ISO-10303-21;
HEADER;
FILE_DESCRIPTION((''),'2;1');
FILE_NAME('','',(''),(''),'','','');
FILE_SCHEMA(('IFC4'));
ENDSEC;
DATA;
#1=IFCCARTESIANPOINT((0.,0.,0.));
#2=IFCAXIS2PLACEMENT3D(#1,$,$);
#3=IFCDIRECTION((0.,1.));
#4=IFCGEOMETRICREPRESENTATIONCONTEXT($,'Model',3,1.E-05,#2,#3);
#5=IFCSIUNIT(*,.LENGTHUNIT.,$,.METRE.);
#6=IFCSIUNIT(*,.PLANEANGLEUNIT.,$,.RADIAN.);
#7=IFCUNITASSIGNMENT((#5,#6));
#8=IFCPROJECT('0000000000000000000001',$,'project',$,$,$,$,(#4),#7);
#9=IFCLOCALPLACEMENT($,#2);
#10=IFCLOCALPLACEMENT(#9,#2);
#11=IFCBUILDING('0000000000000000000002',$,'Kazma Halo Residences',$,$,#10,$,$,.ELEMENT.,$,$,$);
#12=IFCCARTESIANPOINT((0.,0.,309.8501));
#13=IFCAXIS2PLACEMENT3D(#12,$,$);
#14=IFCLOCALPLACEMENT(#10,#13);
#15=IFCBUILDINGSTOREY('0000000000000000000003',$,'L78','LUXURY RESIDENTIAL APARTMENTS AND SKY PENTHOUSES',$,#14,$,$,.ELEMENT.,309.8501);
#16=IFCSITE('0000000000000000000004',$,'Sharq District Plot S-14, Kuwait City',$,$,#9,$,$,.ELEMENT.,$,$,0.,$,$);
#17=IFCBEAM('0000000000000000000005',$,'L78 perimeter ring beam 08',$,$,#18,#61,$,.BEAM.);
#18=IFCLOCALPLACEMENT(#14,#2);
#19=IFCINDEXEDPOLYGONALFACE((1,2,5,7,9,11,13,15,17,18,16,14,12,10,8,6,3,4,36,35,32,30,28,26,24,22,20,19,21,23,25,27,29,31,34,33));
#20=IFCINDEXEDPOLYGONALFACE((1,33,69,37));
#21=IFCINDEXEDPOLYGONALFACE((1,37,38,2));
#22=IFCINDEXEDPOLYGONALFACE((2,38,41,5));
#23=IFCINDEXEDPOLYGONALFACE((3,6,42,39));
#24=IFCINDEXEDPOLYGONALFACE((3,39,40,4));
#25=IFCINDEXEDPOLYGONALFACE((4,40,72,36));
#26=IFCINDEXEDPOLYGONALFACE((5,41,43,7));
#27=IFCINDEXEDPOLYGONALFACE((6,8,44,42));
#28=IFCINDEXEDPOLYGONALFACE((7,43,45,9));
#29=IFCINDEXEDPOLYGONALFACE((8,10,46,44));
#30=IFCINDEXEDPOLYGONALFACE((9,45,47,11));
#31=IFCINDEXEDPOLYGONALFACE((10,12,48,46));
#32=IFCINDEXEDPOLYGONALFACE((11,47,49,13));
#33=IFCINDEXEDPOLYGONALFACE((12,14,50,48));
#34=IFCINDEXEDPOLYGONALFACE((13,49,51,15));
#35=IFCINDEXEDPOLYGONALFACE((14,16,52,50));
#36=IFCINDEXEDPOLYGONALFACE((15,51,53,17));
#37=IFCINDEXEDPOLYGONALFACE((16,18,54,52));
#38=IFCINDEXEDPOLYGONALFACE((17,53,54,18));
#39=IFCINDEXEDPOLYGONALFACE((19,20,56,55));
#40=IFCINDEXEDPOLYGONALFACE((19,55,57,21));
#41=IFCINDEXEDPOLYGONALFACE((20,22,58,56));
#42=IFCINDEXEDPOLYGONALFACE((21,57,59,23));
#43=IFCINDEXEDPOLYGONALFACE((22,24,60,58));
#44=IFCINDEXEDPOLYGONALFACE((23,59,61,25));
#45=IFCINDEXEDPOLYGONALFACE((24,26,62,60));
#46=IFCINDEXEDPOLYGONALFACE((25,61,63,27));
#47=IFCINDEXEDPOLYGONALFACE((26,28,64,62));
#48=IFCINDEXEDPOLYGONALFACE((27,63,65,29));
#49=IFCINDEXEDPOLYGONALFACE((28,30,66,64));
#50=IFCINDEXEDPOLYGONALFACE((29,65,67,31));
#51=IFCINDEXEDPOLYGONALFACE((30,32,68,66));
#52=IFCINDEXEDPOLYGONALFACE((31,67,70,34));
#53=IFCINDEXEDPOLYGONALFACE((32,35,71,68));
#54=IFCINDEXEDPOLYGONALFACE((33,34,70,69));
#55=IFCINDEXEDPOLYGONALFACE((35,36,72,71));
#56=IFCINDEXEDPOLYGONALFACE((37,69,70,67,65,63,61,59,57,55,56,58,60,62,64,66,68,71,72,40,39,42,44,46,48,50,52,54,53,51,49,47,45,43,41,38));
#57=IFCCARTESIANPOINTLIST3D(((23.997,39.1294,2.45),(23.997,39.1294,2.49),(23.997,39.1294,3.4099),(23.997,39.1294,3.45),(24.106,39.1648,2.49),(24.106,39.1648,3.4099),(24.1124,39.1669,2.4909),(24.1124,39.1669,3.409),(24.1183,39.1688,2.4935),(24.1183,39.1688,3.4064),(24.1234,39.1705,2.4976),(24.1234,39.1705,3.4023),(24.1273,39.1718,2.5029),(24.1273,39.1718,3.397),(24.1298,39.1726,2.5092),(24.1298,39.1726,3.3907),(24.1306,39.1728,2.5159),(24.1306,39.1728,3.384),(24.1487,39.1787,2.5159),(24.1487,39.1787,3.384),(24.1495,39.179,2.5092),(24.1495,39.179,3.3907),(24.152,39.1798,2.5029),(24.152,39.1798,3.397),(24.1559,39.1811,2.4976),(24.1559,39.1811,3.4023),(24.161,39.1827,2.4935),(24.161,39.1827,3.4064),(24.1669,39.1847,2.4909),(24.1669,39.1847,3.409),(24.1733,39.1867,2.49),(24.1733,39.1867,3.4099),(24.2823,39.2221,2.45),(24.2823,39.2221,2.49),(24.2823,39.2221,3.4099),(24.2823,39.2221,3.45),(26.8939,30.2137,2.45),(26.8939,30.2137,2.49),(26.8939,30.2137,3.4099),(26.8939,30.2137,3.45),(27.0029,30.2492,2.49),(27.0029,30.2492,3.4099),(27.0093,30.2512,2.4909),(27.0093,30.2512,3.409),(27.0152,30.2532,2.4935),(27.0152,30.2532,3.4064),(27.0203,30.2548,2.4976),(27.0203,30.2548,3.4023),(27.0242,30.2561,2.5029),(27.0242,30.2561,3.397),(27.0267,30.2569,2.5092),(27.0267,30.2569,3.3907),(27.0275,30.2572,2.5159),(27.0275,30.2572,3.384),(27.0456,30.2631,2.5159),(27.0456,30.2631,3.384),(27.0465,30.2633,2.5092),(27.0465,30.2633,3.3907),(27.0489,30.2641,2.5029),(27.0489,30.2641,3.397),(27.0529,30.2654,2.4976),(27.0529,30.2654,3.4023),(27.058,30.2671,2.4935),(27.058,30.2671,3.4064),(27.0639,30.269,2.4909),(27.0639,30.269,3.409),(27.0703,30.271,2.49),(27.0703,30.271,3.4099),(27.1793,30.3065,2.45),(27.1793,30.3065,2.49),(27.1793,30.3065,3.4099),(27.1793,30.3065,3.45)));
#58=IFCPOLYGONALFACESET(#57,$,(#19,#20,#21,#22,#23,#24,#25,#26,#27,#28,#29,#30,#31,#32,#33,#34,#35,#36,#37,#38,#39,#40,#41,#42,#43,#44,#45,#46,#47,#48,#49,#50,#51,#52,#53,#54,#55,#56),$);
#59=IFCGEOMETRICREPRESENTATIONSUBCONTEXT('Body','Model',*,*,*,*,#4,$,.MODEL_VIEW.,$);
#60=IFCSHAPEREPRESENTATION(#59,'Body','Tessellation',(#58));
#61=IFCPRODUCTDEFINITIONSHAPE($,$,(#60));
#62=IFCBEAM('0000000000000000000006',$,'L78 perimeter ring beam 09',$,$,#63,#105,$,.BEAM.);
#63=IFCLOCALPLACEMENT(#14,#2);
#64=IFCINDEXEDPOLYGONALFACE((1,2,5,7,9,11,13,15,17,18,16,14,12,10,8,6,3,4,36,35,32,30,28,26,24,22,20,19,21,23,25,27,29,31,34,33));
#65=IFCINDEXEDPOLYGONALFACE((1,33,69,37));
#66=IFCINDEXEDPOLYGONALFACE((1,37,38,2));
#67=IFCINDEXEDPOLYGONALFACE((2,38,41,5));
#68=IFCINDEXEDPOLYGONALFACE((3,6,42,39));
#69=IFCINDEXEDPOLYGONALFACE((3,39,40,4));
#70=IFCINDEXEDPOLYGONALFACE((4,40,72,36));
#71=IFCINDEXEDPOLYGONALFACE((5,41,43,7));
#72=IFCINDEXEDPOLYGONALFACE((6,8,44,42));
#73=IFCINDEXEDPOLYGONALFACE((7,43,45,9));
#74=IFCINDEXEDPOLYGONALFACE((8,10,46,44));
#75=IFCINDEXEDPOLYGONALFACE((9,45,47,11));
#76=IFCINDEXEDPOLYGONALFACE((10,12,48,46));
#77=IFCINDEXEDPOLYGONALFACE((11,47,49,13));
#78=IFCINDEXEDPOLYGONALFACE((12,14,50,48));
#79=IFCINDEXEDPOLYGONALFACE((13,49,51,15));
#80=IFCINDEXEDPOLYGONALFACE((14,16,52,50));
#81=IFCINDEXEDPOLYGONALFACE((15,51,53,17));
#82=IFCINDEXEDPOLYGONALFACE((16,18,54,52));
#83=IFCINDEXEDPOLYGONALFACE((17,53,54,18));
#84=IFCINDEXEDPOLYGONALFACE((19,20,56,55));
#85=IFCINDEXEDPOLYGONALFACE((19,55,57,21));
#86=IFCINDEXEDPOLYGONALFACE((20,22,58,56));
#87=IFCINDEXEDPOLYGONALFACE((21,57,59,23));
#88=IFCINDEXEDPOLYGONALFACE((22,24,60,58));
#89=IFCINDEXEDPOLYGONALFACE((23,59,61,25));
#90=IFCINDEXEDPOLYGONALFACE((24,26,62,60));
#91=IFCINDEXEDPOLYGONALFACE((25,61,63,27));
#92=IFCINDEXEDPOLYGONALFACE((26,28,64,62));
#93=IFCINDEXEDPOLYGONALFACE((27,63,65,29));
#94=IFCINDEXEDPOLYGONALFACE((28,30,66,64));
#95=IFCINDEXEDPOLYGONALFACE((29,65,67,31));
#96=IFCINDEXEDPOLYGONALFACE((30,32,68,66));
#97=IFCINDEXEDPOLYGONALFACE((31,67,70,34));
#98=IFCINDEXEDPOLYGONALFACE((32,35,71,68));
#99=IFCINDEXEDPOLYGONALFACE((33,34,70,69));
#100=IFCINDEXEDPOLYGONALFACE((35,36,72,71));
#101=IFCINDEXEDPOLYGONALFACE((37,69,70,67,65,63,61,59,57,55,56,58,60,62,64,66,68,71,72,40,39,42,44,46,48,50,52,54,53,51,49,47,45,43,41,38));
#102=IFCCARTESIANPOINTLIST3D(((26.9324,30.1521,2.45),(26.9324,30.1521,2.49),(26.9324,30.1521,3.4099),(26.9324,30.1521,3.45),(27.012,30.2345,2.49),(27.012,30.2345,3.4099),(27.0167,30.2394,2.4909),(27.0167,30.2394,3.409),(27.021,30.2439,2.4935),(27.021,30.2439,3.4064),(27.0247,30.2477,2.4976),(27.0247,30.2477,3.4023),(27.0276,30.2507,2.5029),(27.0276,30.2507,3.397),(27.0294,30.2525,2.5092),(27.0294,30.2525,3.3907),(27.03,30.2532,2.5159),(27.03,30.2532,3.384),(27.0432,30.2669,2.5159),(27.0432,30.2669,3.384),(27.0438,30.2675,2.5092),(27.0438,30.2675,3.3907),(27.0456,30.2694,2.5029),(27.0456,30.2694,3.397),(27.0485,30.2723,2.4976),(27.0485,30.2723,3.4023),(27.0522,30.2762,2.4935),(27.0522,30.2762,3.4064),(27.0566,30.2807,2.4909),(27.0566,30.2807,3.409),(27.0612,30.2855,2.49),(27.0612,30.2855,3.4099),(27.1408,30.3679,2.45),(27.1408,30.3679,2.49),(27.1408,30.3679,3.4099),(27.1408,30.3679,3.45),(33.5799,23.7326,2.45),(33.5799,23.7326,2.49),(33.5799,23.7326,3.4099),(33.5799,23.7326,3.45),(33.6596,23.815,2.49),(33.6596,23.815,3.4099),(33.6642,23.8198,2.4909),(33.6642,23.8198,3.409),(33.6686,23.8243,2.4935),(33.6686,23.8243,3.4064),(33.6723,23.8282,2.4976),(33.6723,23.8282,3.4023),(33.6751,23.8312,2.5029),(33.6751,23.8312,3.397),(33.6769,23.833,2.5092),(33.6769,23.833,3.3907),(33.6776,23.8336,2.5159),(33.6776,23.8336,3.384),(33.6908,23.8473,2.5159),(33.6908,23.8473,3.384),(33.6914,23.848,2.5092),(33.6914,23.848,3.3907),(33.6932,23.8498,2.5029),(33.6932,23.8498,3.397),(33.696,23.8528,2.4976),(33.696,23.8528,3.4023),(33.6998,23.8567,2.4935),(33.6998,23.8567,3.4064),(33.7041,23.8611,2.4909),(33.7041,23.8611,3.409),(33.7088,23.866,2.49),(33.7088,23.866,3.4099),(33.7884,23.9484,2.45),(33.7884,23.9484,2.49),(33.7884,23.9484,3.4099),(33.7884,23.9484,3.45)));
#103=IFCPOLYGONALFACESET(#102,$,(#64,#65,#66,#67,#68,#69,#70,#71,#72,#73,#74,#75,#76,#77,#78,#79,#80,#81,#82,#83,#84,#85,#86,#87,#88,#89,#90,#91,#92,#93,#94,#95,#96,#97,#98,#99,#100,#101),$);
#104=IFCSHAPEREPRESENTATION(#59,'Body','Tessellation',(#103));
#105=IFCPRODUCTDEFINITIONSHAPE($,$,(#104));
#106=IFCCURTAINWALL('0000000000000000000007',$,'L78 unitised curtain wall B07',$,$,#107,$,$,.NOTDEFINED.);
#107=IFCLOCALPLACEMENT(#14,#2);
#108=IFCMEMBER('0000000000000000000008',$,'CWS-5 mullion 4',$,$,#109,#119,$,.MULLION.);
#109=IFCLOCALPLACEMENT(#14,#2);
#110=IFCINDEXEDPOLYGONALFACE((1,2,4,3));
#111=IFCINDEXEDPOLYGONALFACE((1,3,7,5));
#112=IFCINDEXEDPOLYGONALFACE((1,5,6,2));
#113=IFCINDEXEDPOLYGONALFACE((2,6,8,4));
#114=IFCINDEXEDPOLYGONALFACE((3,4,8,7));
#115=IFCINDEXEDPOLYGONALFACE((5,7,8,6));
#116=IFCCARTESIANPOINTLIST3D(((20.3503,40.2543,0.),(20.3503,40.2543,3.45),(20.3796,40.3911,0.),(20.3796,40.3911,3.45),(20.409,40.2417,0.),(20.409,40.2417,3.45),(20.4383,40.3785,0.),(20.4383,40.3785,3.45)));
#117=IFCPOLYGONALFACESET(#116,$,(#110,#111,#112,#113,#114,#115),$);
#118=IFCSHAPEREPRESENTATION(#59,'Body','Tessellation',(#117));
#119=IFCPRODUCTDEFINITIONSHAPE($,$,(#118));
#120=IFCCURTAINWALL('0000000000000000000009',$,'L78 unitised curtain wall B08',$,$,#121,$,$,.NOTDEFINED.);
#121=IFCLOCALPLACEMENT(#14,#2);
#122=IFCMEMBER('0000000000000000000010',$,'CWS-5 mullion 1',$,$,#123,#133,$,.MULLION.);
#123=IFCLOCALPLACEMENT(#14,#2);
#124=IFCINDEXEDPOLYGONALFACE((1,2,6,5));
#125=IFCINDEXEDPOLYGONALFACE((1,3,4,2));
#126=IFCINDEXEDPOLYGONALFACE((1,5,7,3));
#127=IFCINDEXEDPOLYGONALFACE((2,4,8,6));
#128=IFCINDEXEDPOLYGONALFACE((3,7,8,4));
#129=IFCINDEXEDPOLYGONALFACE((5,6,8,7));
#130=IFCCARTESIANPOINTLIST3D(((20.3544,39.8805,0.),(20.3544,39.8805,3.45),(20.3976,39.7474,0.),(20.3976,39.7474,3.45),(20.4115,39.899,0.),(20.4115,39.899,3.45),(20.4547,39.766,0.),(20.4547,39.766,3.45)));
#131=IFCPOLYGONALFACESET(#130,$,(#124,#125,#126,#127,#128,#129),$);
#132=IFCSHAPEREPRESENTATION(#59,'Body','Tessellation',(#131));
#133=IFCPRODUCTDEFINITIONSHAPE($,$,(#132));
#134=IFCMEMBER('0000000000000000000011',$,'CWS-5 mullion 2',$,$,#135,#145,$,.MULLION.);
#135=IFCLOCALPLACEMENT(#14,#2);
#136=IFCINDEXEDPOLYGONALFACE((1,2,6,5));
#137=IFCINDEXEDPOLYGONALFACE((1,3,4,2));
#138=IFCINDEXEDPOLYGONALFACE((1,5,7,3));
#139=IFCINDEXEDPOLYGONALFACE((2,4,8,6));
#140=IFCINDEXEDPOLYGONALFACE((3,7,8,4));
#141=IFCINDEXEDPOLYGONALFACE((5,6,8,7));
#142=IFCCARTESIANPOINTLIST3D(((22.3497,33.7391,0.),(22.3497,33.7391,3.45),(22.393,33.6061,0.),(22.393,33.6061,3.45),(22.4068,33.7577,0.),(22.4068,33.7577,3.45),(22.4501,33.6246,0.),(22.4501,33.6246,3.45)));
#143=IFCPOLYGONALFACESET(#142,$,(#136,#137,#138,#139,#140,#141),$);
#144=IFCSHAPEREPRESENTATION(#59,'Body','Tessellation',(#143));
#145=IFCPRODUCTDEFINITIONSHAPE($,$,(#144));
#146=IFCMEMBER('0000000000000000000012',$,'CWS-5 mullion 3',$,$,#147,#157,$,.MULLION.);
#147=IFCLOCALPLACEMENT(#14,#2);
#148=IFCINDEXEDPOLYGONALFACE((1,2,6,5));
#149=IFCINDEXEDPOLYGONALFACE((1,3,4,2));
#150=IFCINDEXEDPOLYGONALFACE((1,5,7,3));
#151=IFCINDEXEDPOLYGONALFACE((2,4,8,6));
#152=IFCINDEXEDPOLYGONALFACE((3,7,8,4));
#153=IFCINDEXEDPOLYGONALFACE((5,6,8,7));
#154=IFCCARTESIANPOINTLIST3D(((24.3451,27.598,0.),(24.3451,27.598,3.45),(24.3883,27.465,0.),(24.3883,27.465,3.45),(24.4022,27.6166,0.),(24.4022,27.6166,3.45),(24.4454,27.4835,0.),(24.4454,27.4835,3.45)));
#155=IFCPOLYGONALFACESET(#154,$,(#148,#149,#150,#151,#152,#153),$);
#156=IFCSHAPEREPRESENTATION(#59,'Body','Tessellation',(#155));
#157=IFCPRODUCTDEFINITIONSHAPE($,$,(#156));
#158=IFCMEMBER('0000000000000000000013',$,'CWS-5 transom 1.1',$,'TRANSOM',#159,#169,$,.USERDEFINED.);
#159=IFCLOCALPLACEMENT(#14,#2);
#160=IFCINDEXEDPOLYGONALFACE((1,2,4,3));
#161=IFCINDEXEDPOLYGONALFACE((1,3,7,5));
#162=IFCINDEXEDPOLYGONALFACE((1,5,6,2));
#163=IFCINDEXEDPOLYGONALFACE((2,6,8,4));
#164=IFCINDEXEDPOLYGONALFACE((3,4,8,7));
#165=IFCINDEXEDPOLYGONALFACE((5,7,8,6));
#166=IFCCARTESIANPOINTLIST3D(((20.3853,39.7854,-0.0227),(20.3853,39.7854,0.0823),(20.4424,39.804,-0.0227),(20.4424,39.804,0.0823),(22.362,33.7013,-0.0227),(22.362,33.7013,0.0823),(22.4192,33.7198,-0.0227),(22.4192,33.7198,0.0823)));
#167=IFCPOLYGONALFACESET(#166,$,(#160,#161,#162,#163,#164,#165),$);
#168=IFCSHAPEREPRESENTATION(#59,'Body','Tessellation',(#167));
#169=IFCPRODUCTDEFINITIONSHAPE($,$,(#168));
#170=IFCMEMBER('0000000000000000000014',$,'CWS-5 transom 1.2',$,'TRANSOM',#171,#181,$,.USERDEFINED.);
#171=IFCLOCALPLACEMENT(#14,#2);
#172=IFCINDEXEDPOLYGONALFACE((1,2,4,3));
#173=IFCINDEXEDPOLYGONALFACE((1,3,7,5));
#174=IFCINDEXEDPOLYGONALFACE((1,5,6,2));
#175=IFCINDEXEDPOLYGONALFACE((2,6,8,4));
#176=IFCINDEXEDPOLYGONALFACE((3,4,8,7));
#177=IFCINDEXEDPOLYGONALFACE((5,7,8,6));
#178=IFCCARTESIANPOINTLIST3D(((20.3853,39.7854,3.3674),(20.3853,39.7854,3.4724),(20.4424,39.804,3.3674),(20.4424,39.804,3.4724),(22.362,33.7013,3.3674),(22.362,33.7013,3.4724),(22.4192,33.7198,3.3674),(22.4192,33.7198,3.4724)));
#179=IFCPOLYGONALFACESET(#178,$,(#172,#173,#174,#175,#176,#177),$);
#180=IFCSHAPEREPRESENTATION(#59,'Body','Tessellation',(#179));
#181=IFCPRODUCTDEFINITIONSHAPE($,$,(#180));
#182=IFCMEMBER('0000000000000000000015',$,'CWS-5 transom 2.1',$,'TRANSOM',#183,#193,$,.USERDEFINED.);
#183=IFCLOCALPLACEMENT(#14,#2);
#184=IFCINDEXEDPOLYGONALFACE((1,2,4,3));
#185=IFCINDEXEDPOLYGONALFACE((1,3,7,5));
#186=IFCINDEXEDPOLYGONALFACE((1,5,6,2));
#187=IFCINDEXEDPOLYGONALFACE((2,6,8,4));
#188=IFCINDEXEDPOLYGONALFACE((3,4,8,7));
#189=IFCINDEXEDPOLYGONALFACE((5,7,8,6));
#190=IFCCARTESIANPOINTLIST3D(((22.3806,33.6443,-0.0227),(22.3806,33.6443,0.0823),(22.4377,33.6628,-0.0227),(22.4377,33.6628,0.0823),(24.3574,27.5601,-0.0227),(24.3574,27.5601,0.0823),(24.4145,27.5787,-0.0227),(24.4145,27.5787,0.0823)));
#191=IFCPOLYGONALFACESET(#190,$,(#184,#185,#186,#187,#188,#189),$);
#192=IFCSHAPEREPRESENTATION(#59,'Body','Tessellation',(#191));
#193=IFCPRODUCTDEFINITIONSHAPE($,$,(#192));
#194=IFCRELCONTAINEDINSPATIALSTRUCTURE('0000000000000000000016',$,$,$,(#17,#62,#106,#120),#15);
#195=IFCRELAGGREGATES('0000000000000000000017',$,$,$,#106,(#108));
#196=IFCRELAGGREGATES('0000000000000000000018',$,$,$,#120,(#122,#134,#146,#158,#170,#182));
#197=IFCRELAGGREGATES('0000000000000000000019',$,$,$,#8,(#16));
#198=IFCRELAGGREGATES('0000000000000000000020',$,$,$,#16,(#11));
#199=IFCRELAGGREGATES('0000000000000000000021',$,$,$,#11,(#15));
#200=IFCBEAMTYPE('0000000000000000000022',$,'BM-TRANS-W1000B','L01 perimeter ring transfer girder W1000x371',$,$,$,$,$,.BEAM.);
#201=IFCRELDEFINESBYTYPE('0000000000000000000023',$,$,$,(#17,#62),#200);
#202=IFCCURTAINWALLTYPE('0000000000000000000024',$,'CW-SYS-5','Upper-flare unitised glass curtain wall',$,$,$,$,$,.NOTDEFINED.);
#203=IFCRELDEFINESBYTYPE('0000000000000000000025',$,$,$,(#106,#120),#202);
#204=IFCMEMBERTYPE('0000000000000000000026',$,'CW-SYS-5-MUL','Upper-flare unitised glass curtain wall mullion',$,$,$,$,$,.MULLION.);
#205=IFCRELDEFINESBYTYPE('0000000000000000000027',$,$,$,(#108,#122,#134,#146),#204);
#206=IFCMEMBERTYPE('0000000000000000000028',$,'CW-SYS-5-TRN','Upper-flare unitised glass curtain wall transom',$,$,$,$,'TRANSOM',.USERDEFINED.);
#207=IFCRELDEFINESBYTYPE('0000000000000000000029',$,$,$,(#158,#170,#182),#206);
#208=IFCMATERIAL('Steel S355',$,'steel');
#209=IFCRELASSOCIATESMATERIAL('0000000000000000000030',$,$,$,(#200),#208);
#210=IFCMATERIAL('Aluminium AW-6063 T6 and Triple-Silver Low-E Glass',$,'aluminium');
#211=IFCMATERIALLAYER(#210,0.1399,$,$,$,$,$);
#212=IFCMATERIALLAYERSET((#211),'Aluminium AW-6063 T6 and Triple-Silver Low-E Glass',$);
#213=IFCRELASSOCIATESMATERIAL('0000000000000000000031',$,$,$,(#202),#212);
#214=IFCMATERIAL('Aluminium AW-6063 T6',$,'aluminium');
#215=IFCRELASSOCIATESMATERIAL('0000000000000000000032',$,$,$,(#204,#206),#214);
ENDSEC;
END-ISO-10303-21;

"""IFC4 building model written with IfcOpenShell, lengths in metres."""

from ifc_helpers import new_model, si_unit, direction, frame, origin, origin_2d, place, context, subcontext, project, spatial, rectangle, i_section, extrude, material, layer, layer_set, material_profile, profile_set, type_object, element, aggregate, save


model = new_model("IFC4")

# Units and contexts
model_context = context("Model", 3, precision=1e-05, world=origin(), true_north=direction((0.0, 1.0)))
body_context = subcontext(model_context, "Body", "Model", "MODEL_VIEW")
ifc_project = project(units=[si_unit("LENGTHUNIT", "METRE"), si_unit("PLANEANGLEUNIT", "RADIAN")], contexts=[model_context])

# Site, building, storey
site_placement = place(None, origin())
site = spatial("IfcSite", under=ifc_project, at=site_placement, Name="Sharq District Plot S-14, Kuwait City", CompositionType="ELEMENT", RefElevation=0.0)
building_placement = place(site_placement, origin())
building = spatial("IfcBuilding", under=site, at=building_placement, Name="Kazma Halo Residences", CompositionType="ELEMENT")
storey_placement = place(building_placement, frame((0.0, 0.0, 309.8501)))
storey = spatial("IfcBuildingStorey", under=building, at=storey_placement, Name="L78", Description="LUXURY RESIDENTIAL APARTMENTS AND SKY PENTHOUSES", CompositionType="ELEMENT", Elevation=309.8501)

# Beams
ifc_material_1 = material(Name="Steel S355", Category="steel")
ifc_material_profile_1 = material_profile(ifc_material_1, i_section(OverallWidth=0.3, OverallDepth=1.0, WebThickness=0.019, FlangeThickness=0.04, FilletRadius=0.0259, at=origin_2d()), Name="W1000x371")
ifc_profile_set_1 = profile_set([ifc_material_profile_1], Name="Steel S355")
beam_type_1 = type_object("IfcBeamType", Name="BM-TRANS-W1000B", Description="L01 perimeter ring transfer girder W1000x371", PredefinedType="BEAM", material=ifc_profile_set_1)
beam_1_placement = place(storey_placement, frame((24.1396, 39.1758, 2.95), z_axis=(0.309023, -0.951055, 0.0), x_axis=(0.951055, 0.309023, 0.0)))
element("IfcBeam", 1, at=beam_1_placement, inside=storey, type_object=beam_type_1, Name="L78 perimeter ring beam 08", PredefinedType="BEAM", context=body_context, shape_type="SweptSolid", body=[
    extrude(i_section(OverallWidth=0.3, OverallDepth=1.0, WebThickness=0.019, FlangeThickness=0.04, FilletRadius=0.0259, at=origin_2d()), origin(), (0.0, 0.0, 1.0), 9.3745),
])
beam_2_placement = place(storey_placement, frame((27.0366, 30.26, 2.95), z_axis=(0.719337, -0.694661, 0.0), x_axis=(0.694661, 0.719337, 0.0)))
element("IfcBeam", 2, at=beam_2_placement, inside=storey, type_object=beam_type_1, Name="L78 perimeter ring beam 09", PredefinedType="BEAM", context=body_context, shape_type="SweptSolid", body=[
    extrude(i_section(OverallWidth=0.3, OverallDepth=1.0, WebThickness=0.019, FlangeThickness=0.04, FilletRadius=0.0259, at=origin_2d()), origin(), (0.0, 0.0, 1.0), 9.2412),
])

# Curtain wall, member
ifc_material_2 = material(Name="Aluminium AW-6063 T6 and Triple-Silver Low-E Glass", Category="aluminium")
ifc_layer_1 = layer(ifc_material_2, 0.1399)
ifc_layer_set_1 = layer_set([ifc_layer_1], Name="Aluminium AW-6063 T6 and Triple-Silver Low-E Glass")
curtain_wall_type = type_object("IfcCurtainWallType", Name="CW-SYS-5", Description="Upper-flare unitised glass curtain wall", PredefinedType="NOTDEFINED", material=ifc_layer_set_1)
curtain_wall_1_placement = place(storey_placement, origin())
curtain_wall_1 = element("IfcCurtainWall", 3, at=curtain_wall_1_placement, inside=storey, type_object=curtain_wall_type, Name="L78 unitised curtain wall B07", PredefinedType="NOTDEFINED")
ifc_material_3 = material(Name="Aluminium AW-6063 T6", Category="aluminium")
ifc_material_profile_2 = material_profile(ifc_material_3, rectangle(XDim=0.0601, YDim=0.1399, at=origin_2d()), Name="CWM-60x140")
ifc_profile_set_2 = profile_set([ifc_material_profile_2], Name="Aluminium AW-6063 T6")
member_type_1 = type_object("IfcMemberType", Name="CW-SYS-5-MUL", Description="Upper-flare unitised glass curtain wall mullion", PredefinedType="MULLION", material=ifc_profile_set_2)
member_1_placement = place(storey_placement, frame((20.3943, 40.3164, 0.0), z_axis=(0.0, 0.0, 1.0), x_axis=(0.977766, -0.209698, 0.0)))
member_1 = element("IfcMember", 4, at=member_1_placement, type_object=member_type_1, Name="CWS-5 mullion 4", PredefinedType="MULLION", context=body_context, shape_type="SweptSolid", body=[
    extrude(rectangle(XDim=0.0601, YDim=0.1399, at=origin_2d()), origin(), (0.0, 0.0, 1.0), 3.45),
])
aggregate(curtain_wall_1, [member_1])

# Curtain wall, members
curtain_wall_2_placement = place(storey_placement, origin())
curtain_wall_2 = element("IfcCurtainWall", 5, at=curtain_wall_2_placement, inside=storey, type_object=curtain_wall_type, Name="L78 unitised curtain wall B08", PredefinedType="NOTDEFINED")
member_2_placement = place(storey_placement, frame((20.4045, 39.8232, 0.0), z_axis=(0.0, 0.0, 1.0), x_axis=(0.951057, 0.309016, 0.0)))
member_2 = element("IfcMember", 6, at=member_2_placement, type_object=member_type_1, Name="CWS-5 mullion 1", PredefinedType="MULLION", context=body_context, shape_type="SweptSolid", body=[
    extrude(rectangle(XDim=0.0601, YDim=0.1399, at=origin_2d()), origin(), (0.0, 0.0, 1.0), 3.45),
])
member_3_placement = place(storey_placement, frame((22.3999, 33.6819, 0.0), z_axis=(0.0, 0.0, 1.0), x_axis=(0.951057, 0.309016, 0.0)))
member_3 = element("IfcMember", 7, at=member_3_placement, type_object=member_type_1, Name="CWS-5 mullion 2", PredefinedType="MULLION", context=body_context, shape_type="SweptSolid", body=[
    extrude(rectangle(XDim=0.0601, YDim=0.1399, at=origin_2d()), origin(), (0.0, 0.0, 1.0), 3.45),
])
member_4_placement = place(storey_placement, frame((24.3953, 27.5408, 0.0), z_axis=(0.0, 0.0, 1.0), x_axis=(0.951057, 0.309016, 0.0)))
member_4 = element("IfcMember", 8, at=member_4_placement, type_object=member_type_1, Name="CWS-5 mullion 3", PredefinedType="MULLION", context=body_context, shape_type="SweptSolid", body=[
    extrude(rectangle(XDim=0.0601, YDim=0.1399, at=origin_2d()), origin(), (0.0, 0.0, 1.0), 3.45),
])
ifc_material_profile_3 = material_profile(ifc_material_3, rectangle(XDim=0.0601, YDim=0.105, at=origin_2d()), Name="CWT-60x105")
ifc_profile_set_3 = profile_set([ifc_material_profile_3], Name="Aluminium AW-6063 T6")
member_type_2 = type_object("IfcMemberType", Name="CW-SYS-5-TRN", Description="Upper-flare unitised glass curtain wall transom", ElementType="TRANSOM", PredefinedType="USERDEFINED", material=ifc_profile_set_3)
member_5_placement = place(storey_placement, frame((20.4138, 39.7947, 0.0298), z_axis=(0.309006, -0.95106, 0.0), x_axis=(0.95106, 0.309006, 0.0)))
member_5 = element("IfcMember", 9, at=member_5_placement, type_object=member_type_2, Name="CWS-5 transom 1.1", ObjectType="TRANSOM", PredefinedType="USERDEFINED", context=body_context, shape_type="SweptSolid", body=[
    extrude(rectangle(XDim=0.0601, YDim=0.105, at=origin_2d()), origin(), (0.0, 0.0, 1.0), 6.3972),
])
member_6_placement = place(storey_placement, frame((20.4138, 39.7947, 3.4199), z_axis=(0.309006, -0.95106, 0.0), x_axis=(0.95106, 0.309006, 0.0)))
member_6 = element("IfcMember", 10, at=member_6_placement, type_object=member_type_2, Name="CWS-5 transom 1.2", ObjectType="TRANSOM", PredefinedType="USERDEFINED", context=body_context, shape_type="SweptSolid", body=[
    extrude(rectangle(XDim=0.0601, YDim=0.105, at=origin_2d()), origin(), (0.0, 0.0, 1.0), 6.3972),
])
member_7_placement = place(storey_placement, frame((22.4092, 33.6536, 0.0298), z_axis=(0.309006, -0.95106, 0.0), x_axis=(0.95106, 0.309006, 0.0)))
member_7 = element("IfcMember", 11, at=member_7_placement, type_object=member_type_2, Name="CWS-5 transom 2.1", ObjectType="TRANSOM", PredefinedType="USERDEFINED", context=body_context, shape_type="SweptSolid", body=[
    extrude(rectangle(XDim=0.0601, YDim=0.105, at=origin_2d()), origin(), (0.0, 0.0, 1.0), 6.3972),
])
aggregate(curtain_wall_2, [member_2, member_3, member_4, member_5, member_6, member_7])

save(model, "model.ifc")
